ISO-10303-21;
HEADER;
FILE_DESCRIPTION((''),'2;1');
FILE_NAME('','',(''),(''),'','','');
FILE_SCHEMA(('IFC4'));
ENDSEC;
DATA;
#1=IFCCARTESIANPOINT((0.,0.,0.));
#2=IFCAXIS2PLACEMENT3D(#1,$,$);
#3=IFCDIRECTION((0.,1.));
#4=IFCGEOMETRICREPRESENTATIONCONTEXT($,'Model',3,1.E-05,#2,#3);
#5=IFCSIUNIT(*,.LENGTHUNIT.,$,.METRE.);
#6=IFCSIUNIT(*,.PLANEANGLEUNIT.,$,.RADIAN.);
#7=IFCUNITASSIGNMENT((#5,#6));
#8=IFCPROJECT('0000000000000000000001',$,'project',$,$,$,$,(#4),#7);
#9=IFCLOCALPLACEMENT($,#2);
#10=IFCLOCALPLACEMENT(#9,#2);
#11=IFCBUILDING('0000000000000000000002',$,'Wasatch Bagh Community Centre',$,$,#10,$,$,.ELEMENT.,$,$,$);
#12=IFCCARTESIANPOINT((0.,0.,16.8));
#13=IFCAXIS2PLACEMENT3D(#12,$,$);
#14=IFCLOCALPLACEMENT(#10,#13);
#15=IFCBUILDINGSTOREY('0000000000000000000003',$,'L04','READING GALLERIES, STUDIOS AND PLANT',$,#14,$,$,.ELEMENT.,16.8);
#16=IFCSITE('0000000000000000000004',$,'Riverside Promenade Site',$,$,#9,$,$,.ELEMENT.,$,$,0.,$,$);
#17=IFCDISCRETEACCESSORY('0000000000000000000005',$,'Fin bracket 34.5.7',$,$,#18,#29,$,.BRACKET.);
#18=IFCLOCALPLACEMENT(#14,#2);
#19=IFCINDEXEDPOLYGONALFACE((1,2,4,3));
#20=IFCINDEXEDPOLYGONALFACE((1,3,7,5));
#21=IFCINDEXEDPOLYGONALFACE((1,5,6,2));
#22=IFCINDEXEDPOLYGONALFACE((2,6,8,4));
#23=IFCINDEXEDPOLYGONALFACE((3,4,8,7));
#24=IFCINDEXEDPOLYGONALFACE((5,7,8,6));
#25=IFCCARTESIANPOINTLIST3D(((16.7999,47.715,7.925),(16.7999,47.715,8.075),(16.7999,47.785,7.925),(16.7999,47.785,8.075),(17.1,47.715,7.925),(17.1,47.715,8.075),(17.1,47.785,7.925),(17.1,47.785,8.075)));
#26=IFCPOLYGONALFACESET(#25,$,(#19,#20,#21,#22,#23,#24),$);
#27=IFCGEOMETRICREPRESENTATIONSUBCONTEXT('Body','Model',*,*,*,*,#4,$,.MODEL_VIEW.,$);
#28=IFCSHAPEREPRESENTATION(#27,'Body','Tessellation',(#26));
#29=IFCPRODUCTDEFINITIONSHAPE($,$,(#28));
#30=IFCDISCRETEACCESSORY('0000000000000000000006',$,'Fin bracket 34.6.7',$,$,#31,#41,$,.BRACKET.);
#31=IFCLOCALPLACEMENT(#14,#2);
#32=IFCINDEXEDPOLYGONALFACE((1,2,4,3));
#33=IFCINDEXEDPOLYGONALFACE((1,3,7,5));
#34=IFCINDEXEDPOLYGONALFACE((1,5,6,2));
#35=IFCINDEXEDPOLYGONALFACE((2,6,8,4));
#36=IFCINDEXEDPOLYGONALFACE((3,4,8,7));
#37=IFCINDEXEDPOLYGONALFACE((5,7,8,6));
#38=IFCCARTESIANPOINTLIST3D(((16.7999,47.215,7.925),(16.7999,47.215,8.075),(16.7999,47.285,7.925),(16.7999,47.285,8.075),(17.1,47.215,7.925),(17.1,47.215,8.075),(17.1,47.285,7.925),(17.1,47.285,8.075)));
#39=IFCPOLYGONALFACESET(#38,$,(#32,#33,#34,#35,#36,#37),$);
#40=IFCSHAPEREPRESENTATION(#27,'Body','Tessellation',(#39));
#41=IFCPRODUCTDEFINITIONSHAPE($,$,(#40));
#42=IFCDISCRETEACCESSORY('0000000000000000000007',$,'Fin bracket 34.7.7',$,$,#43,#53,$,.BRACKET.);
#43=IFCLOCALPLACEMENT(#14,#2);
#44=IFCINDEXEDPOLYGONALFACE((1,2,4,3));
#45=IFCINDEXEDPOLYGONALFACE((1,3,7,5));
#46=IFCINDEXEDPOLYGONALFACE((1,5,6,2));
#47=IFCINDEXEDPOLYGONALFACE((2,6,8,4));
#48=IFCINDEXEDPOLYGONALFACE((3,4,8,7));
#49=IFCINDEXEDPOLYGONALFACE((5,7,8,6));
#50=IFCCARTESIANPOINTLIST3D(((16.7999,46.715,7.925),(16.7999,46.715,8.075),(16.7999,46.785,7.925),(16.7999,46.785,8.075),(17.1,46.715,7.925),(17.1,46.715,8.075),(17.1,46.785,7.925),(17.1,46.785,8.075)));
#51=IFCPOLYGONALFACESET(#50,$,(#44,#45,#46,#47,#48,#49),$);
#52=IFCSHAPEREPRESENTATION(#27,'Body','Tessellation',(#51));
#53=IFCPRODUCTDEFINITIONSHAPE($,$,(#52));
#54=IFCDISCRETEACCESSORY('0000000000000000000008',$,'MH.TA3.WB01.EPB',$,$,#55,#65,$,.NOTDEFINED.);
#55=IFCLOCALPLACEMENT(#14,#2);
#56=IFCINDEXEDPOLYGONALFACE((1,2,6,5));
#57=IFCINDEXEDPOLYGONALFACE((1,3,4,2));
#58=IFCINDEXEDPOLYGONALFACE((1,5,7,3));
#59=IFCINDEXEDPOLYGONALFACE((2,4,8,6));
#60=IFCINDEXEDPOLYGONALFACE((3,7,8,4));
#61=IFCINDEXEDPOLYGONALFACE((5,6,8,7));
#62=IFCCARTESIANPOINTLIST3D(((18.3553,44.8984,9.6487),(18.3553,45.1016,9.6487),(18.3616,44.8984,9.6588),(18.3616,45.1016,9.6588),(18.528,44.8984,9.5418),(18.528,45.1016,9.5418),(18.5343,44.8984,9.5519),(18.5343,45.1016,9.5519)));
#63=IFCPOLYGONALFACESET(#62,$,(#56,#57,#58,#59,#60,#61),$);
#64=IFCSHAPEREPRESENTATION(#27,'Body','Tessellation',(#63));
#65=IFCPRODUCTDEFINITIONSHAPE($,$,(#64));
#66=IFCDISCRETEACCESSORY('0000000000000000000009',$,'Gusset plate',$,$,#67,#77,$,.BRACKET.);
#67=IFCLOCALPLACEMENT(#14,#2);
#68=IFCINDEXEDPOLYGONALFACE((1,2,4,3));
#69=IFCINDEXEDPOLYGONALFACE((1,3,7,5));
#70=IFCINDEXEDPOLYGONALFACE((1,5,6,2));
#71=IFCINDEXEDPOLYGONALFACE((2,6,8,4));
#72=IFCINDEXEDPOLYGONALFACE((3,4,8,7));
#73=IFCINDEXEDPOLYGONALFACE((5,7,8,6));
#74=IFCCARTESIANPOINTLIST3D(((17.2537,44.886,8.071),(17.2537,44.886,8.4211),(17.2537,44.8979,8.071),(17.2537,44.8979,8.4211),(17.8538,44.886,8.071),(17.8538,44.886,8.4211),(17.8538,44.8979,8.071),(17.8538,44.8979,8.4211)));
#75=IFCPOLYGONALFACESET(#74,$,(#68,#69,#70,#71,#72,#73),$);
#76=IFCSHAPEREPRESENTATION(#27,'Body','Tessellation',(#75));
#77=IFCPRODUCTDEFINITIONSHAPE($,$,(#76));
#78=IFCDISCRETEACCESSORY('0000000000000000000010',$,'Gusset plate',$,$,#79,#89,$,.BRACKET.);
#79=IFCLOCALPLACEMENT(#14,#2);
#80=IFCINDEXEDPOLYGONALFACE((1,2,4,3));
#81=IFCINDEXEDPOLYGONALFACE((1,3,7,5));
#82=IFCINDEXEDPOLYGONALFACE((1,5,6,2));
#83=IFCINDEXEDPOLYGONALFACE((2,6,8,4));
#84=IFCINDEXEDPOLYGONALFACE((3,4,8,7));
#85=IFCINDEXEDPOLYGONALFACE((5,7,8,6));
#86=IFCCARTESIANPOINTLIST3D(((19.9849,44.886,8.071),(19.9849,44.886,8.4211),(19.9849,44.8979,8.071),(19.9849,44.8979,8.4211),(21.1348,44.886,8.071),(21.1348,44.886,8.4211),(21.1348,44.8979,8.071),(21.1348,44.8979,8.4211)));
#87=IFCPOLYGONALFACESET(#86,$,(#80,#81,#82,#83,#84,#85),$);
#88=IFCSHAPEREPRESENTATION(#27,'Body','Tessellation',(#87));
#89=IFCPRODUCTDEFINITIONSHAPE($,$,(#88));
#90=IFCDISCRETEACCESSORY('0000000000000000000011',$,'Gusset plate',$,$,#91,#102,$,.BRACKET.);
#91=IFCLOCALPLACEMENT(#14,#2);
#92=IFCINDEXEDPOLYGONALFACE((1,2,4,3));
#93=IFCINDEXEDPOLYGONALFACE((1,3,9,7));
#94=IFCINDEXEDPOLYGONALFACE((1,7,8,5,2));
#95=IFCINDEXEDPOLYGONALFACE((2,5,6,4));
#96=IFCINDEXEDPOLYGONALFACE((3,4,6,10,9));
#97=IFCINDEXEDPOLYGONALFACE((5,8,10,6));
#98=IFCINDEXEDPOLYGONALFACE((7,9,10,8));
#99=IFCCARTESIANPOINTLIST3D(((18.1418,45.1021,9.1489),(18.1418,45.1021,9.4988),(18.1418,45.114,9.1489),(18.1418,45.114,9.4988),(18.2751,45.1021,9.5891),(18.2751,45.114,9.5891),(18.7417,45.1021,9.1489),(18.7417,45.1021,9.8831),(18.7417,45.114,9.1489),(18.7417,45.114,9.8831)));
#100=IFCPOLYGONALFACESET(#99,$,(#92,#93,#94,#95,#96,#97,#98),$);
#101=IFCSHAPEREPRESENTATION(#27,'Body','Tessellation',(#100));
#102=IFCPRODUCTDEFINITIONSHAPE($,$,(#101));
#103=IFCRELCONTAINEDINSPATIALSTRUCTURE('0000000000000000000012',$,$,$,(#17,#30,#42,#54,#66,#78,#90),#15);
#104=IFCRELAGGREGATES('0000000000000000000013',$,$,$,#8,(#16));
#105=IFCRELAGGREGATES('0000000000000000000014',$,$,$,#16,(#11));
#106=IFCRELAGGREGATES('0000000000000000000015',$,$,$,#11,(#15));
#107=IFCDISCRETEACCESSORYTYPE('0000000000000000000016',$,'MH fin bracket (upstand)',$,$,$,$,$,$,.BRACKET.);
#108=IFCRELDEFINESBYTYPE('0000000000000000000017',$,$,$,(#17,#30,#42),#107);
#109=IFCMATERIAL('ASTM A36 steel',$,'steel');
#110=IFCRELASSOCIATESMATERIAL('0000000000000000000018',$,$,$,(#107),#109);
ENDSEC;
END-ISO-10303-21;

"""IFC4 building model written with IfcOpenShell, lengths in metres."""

from ifc_helpers import new_model, si_unit, direction, frame, origin, origin_2d, place, context, subcontext, project, spatial, polyline, rectangle, outline, extrude, material, type_object, element, save


model = new_model("IFC4")

# Units and contexts
model_context = context("Model", 3, precision=1e-05, world=origin(), true_north=direction((0.0, 1.0)))
body_context = subcontext(model_context, "Body", "Model", "MODEL_VIEW")
ifc_project = project(units=[si_unit("LENGTHUNIT", "METRE"), si_unit("PLANEANGLEUNIT", "RADIAN")], contexts=[model_context])

# Site, building, storey
site_placement = place(None, origin())
site = spatial("IfcSite", under=ifc_project, at=site_placement, Name="Riverside Promenade Site", CompositionType="ELEMENT", RefElevation=0.0)
building_placement = place(site_placement, origin())
building = spatial("IfcBuilding", under=site, at=building_placement, Name="Wasatch Bagh Community Centre", CompositionType="ELEMENT")
storey_placement = place(building_placement, frame((0.0, 0.0, 16.8)))
storey = spatial("IfcBuildingStorey", under=building, at=storey_placement, Name="L04", Description="READING GALLERIES, STUDIOS AND PLANT", CompositionType="ELEMENT", Elevation=16.8)

# Discrete accessories
ifc_material_1 = material(Name="ASTM A36 steel", Category="steel")
discrete_accessory_type = type_object("IfcDiscreteAccessoryType", Name="MH fin bracket (upstand)", PredefinedType="BRACKET", material=ifc_material_1)
for number, where, z_axis, x_axis, name in (
    (1, (16.95, 47.75, 7.925), (0.0, 0.0, 1.0), (0.0, -1.0, 0.0), "Fin bracket 34.5.7"),
    (2, (16.95, 47.25, 7.925), (0.0, 0.0, 1.0), (0.0, -1.0, 0.0), "Fin bracket 34.6.7"),
    (3, (16.95, 46.75, 7.925), (0.0, 0.0, 1.0), (0.0, -1.0, 0.0), "Fin bracket 34.7.7"),
):
    element("IfcDiscreteAccessory", number, at=place(storey_placement, frame(where, z_axis=z_axis, x_axis=x_axis)), inside=storey, type_object=discrete_accessory_type, Name=name, PredefinedType="BRACKET", context=body_context, shape_type="SweptSolid", body=[
        extrude(rectangle(XDim=0.0701, YDim=0.3, at=origin_2d()), origin(), (0.0, 0.0, 1.0), 0.1499),
    ])
discrete_accessory_1_placement = place(storey_placement, frame((18.4417, 45.0, 9.5952), z_axis=(0.526355, 0.0, 0.850265), x_axis=(0.0, 1.0, 0.0)))
element("IfcDiscreteAccessory", 4, at=discrete_accessory_1_placement, inside=storey, Name="MH.TA3.WB01.EPB", PredefinedType="NOTDEFINED", context=body_context, shape_type="SweptSolid", body=[
    extrude(rectangle(XDim=0.2031, YDim=0.2031, at=origin_2d()), origin(), (0.0, 0.0, 1.0), 0.012),
])
discrete_accessory_2_placement = place(storey_placement, frame((17.2537, 44.886, 8.071), z_axis=(0.0, -1.0, 0.0), x_axis=(1.0, 0.0, 0.0)))
element("IfcDiscreteAccessory", 5, at=discrete_accessory_2_placement, inside=storey, Name="Gusset plate", PredefinedType="BRACKET", context=body_context, shape_type="SweptSolid", body=[
    extrude(outline(polyline([(0.0, 0.0), (0.6001, 0.0), (0.6001, 0.3501), (0.0, 0.3501), (0.0, 0.0)])), origin(), (0.0, 0.0, -1.0), 0.012),
])
discrete_accessory_3_placement = place(storey_placement, frame((19.9849, 44.886, 8.071), z_axis=(0.0, -1.0, 0.0), x_axis=(1.0, 0.0, 0.0)))
element("IfcDiscreteAccessory", 6, at=discrete_accessory_3_placement, inside=storey, Name="Gusset plate", PredefinedType="BRACKET", context=body_context, shape_type="SweptSolid", body=[
    extrude(outline(polyline([(0.0, 0.0), (1.1499, 0.0), (1.1499, 0.3501), (0.0, 0.3501), (0.0, 0.0)])), origin(), (0.0, 0.0, -1.0), 0.012),
])
discrete_accessory_4_placement = place(storey_placement, frame((18.1418, 45.114, 9.4988), z_axis=(0.0, 1.0, 0.0), x_axis=(0.827828, 0.0, 0.560982)))
element("IfcDiscreteAccessory", 7, at=discrete_accessory_4_placement, inside=storey, Name="Gusset plate", PredefinedType="BRACKET", context=body_context, shape_type="SweptSolid", body=[
    extrude(outline(polyline([(0.0, 0.0), (0.161, 0.0), (0.7121, 0.0184), (0.3003, 0.6261), (-0.1963, 0.2896), (0.0, 0.0)])), origin(), (0.0, 0.0, -1.0), 0.012),
])

save(model, "model.ifc")
